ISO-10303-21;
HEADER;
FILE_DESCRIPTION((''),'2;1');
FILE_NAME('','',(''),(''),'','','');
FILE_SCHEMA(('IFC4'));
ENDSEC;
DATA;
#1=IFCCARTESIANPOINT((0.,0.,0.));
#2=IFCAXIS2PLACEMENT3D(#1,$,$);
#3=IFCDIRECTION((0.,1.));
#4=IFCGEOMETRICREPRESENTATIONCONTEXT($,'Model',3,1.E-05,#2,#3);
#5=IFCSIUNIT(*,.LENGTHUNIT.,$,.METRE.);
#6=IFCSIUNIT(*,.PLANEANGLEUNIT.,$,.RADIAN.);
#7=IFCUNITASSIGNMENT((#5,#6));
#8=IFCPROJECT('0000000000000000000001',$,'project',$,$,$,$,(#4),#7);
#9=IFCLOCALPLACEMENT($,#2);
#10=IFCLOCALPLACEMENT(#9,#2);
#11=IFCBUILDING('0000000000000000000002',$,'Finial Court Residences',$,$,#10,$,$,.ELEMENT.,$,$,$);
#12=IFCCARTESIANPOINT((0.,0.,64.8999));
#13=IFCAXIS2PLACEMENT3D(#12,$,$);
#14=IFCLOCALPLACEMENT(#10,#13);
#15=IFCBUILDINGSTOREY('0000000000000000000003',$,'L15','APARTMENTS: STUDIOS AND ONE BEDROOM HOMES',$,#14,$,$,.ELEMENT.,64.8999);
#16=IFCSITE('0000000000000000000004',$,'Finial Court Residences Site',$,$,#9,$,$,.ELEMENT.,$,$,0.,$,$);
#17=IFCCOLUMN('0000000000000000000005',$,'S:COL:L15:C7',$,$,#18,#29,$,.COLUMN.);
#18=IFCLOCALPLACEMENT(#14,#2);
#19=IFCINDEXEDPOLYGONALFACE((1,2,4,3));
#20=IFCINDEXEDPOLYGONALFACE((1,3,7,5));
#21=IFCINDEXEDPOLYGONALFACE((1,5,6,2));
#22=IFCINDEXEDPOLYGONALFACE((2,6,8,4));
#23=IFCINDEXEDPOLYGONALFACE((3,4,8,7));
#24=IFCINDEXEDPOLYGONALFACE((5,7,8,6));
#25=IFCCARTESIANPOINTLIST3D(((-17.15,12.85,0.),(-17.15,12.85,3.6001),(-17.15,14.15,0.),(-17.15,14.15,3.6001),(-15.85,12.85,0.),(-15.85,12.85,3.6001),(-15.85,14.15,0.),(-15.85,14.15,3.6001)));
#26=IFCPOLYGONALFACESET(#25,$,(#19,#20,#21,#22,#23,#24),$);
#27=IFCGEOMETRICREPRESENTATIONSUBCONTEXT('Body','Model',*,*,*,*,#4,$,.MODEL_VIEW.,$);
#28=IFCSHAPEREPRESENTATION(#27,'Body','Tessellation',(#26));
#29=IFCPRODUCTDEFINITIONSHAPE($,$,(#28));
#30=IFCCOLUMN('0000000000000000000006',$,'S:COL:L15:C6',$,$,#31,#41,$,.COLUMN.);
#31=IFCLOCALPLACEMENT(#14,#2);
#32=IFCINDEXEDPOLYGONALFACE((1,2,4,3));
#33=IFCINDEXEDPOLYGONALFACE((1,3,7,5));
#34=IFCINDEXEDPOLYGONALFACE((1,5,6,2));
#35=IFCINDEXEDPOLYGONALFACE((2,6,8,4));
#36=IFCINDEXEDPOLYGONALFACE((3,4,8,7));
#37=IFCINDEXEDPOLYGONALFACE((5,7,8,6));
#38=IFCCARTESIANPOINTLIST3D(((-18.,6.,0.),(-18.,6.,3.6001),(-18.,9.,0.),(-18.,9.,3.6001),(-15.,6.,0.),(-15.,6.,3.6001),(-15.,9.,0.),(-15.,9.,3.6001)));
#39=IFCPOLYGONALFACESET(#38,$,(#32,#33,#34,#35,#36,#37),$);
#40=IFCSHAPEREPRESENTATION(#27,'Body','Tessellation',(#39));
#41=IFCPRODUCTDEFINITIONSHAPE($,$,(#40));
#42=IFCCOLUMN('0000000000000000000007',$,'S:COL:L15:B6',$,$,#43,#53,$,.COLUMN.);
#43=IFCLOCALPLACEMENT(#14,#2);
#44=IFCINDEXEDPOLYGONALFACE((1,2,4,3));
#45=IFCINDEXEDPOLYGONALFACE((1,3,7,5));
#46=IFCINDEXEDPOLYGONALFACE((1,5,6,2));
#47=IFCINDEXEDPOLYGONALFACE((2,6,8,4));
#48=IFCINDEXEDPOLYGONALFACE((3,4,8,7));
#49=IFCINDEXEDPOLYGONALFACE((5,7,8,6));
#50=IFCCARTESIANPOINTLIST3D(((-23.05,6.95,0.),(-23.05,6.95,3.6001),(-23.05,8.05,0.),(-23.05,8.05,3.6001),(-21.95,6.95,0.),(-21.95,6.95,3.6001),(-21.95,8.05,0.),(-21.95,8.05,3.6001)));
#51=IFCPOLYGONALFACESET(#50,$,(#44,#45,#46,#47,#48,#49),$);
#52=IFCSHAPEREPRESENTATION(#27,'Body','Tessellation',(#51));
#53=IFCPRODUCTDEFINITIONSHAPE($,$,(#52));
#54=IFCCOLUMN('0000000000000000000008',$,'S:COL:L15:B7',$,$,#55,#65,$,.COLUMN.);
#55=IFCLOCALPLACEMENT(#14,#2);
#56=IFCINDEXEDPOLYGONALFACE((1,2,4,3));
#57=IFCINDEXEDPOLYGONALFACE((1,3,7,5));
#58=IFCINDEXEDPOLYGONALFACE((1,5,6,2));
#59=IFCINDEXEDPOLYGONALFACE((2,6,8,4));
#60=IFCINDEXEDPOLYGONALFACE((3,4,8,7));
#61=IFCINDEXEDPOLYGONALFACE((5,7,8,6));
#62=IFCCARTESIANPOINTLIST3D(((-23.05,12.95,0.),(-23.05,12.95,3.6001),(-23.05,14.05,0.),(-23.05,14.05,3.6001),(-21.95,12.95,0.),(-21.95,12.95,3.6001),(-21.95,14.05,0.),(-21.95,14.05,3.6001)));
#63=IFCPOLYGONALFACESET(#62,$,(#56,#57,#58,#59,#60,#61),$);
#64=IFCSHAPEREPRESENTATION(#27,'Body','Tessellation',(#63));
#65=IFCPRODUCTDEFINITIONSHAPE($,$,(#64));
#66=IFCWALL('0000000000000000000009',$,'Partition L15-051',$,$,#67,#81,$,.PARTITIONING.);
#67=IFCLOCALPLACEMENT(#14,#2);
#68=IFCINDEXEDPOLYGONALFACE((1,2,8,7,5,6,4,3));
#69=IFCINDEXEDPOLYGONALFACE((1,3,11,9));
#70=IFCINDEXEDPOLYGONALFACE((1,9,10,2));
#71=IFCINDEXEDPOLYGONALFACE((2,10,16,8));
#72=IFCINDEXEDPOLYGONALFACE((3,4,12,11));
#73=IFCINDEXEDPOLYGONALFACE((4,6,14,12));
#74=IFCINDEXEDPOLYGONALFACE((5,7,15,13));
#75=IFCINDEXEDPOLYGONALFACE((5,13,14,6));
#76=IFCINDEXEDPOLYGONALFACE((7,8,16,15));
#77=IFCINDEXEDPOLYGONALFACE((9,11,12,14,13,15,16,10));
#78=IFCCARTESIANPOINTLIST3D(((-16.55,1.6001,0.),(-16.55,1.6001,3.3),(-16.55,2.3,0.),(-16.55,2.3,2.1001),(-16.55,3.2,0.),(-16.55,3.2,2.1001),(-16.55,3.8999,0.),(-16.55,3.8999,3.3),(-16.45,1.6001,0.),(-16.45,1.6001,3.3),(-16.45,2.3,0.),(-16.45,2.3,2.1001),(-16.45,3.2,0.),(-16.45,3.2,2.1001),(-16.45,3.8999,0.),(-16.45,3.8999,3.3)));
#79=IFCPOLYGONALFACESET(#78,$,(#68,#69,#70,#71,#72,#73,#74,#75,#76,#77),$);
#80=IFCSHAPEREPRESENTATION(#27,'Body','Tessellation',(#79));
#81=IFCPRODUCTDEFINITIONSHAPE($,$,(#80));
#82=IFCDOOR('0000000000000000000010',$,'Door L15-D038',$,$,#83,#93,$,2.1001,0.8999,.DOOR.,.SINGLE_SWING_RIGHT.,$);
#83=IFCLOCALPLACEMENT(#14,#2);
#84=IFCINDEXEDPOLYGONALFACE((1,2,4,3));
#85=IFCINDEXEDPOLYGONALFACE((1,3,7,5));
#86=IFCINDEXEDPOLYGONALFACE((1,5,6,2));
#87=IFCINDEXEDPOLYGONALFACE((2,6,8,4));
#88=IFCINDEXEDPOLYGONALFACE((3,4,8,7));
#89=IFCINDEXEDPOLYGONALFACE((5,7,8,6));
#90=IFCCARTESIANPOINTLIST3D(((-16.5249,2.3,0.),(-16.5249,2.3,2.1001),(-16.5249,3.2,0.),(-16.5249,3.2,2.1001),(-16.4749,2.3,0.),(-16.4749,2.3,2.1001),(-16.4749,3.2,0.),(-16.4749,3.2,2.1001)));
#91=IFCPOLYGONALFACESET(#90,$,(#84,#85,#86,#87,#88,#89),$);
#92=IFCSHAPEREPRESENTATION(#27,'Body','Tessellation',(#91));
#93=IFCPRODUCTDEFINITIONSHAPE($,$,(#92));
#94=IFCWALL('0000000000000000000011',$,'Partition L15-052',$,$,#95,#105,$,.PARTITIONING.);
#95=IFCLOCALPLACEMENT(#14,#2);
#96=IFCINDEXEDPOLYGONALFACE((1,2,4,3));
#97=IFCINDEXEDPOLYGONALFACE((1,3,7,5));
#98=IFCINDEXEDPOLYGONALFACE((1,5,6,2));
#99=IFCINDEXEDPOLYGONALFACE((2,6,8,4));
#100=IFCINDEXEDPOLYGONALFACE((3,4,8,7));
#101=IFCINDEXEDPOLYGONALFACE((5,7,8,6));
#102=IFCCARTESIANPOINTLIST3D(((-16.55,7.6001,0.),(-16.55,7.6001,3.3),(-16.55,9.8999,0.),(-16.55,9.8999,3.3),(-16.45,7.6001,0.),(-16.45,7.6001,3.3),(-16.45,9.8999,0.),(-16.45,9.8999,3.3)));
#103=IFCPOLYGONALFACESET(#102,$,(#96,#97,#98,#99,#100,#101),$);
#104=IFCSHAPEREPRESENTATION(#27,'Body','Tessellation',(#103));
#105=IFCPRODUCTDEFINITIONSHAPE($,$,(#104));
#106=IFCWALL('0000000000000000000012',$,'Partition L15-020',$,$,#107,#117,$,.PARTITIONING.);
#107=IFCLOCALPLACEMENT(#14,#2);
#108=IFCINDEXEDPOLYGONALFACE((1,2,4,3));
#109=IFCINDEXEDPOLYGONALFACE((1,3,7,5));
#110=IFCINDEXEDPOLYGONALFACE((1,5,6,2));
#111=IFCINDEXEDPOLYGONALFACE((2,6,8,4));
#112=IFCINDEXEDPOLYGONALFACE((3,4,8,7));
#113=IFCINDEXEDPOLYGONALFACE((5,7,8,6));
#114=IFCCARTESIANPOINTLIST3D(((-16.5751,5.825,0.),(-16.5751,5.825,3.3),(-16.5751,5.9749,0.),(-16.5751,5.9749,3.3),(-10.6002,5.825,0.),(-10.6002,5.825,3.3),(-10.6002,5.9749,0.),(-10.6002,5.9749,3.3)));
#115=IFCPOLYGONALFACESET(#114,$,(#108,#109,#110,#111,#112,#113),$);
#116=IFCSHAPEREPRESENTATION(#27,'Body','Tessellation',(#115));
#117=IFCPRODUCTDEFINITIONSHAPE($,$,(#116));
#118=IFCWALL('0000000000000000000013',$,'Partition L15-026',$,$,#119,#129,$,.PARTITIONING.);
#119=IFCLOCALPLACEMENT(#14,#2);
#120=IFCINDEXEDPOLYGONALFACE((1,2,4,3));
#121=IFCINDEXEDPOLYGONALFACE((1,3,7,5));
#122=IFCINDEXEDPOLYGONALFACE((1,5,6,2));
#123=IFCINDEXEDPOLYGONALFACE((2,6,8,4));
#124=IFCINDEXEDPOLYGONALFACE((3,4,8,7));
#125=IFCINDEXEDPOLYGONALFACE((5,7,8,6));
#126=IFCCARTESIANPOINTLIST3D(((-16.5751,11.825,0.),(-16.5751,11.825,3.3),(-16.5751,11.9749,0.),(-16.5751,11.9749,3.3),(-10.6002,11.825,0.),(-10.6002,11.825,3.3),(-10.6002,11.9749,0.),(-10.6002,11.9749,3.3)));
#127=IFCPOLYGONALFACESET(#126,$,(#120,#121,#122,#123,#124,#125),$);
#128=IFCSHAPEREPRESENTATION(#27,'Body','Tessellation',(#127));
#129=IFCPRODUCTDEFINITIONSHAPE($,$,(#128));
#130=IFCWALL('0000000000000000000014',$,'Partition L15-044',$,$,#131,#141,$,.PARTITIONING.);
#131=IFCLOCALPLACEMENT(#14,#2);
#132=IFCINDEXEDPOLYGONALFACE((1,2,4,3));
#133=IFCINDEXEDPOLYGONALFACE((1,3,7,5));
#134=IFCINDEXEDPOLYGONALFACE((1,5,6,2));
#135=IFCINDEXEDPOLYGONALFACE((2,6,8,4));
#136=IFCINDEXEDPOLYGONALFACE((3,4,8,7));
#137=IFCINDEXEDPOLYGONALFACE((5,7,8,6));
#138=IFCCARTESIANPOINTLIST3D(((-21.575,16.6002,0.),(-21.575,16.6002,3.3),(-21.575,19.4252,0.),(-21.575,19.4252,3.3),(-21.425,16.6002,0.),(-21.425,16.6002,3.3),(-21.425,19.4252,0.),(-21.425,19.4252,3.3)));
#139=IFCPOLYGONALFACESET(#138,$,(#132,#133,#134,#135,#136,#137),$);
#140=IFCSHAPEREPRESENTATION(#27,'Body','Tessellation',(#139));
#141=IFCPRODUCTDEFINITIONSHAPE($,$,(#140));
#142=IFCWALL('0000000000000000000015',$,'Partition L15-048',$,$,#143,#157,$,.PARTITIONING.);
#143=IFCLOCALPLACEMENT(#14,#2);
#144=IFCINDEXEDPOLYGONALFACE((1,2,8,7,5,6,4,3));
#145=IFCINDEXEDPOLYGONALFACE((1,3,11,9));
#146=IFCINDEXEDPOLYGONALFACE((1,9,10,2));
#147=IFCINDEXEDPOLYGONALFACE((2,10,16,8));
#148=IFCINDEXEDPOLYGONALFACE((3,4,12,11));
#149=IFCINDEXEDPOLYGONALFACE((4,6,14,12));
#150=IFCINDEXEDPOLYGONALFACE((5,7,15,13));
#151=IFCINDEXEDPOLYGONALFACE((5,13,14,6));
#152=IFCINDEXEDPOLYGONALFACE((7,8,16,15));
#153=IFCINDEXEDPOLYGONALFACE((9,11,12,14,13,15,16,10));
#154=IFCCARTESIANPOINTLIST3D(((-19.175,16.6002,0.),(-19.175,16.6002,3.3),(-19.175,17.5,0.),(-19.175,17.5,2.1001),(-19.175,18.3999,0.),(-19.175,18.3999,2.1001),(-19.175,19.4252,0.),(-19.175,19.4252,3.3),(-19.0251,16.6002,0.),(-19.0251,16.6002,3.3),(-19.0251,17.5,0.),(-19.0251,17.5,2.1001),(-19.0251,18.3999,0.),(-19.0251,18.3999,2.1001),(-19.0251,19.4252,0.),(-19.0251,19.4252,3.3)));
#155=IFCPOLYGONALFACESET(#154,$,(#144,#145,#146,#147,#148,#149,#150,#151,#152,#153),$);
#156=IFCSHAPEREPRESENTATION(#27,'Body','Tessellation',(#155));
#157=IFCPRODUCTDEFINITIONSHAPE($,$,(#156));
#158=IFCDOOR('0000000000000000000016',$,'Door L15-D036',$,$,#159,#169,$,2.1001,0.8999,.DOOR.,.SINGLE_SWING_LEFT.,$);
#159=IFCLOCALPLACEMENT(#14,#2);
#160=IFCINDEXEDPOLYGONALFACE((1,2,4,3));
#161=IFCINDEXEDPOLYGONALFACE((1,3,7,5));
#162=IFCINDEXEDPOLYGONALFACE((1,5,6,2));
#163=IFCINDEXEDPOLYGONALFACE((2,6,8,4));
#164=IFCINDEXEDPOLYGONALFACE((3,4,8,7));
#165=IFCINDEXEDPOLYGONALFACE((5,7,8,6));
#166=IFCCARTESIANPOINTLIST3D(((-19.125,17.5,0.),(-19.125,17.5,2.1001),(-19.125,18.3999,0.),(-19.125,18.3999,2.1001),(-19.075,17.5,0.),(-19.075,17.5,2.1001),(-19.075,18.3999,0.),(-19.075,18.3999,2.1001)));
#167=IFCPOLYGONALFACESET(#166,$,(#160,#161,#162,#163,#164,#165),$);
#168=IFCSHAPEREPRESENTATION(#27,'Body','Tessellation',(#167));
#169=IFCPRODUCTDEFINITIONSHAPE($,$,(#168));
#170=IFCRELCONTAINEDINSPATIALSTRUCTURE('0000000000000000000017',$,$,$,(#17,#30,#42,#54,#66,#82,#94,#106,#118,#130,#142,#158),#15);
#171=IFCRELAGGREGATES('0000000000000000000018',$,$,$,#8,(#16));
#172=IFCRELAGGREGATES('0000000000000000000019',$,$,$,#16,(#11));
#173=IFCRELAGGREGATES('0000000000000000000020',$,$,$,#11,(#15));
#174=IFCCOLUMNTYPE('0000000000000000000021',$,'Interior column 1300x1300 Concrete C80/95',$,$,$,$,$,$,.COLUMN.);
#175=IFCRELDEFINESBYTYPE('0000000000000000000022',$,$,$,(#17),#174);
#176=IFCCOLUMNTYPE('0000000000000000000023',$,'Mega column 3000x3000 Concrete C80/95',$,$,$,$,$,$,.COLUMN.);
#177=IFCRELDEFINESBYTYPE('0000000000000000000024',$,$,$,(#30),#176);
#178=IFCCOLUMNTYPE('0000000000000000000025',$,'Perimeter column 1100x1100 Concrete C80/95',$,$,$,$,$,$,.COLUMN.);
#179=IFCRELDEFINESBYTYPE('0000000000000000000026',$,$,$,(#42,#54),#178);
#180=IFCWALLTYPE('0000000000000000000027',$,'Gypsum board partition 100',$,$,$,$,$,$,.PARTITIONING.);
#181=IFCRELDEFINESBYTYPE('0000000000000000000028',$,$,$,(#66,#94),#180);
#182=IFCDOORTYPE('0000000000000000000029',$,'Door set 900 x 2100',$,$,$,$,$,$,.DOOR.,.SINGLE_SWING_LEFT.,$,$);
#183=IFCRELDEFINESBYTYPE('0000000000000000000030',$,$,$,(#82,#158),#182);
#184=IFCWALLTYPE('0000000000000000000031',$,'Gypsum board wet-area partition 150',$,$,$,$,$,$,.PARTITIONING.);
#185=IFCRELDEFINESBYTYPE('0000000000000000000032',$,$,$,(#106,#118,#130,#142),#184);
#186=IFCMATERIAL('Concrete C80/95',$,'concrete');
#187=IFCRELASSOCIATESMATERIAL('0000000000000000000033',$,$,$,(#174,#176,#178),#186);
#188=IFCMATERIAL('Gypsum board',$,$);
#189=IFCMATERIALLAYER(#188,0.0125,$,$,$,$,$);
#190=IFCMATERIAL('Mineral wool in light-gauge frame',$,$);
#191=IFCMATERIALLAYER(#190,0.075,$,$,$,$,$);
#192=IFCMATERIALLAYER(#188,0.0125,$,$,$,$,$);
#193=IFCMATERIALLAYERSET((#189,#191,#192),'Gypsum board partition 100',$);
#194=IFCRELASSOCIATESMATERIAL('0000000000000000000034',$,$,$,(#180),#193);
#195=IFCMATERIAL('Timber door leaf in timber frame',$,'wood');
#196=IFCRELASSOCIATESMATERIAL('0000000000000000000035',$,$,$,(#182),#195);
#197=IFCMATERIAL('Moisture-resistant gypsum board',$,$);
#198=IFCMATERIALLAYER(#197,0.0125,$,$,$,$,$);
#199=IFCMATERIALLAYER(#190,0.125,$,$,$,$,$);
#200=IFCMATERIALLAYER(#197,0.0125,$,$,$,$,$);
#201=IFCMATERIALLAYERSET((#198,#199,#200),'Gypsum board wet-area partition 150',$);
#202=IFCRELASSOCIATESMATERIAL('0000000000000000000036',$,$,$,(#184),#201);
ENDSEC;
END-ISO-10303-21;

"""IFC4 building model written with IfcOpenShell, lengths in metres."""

from ifc_helpers import new_model, si_unit, direction, frame, frame_2d, origin, origin_2d, place, context, subcontext, project, spatial, rectangle, extrude, material, layer, layer_set, material_profile, profile_set, type_object, element, fill, save


model = new_model("IFC4")

# Units and contexts
model_context = context("Model", 3, precision=1e-05, world=origin(), true_north=direction((0.0, 1.0)))
body_context = subcontext(model_context, "Body", "Model", "MODEL_VIEW")
ifc_project = project(units=[si_unit("LENGTHUNIT", "METRE"), si_unit("PLANEANGLEUNIT", "RADIAN")], contexts=[model_context])

# Site, building, storey
site_placement = place(None, origin())
site = spatial("IfcSite", under=ifc_project, at=site_placement, Name="Finial Court Residences Site", CompositionType="ELEMENT", RefElevation=0.0)
building_placement = place(site_placement, origin())
building = spatial("IfcBuilding", under=site, at=building_placement, Name="Finial Court Residences", CompositionType="ELEMENT")
storey_placement = place(building_placement, frame((0.0, 0.0, 64.8999)))
storey = spatial("IfcBuildingStorey", under=building, at=storey_placement, Name="L15", Description="APARTMENTS: STUDIOS AND ONE BEDROOM HOMES", CompositionType="ELEMENT", Elevation=64.8999)

# Columns
ifc_material_1 = material(Name="Concrete C80/95", Category="concrete")
ifc_material_profile_1 = material_profile(ifc_material_1, rectangle(XDim=1.3, YDim=1.3, at=origin_2d()), Name="1300x1300")
ifc_profile_set_1 = profile_set([ifc_material_profile_1], Name="Concrete C80/95")
column_type_1 = type_object("IfcColumnType", Name="Interior column 1300x1300 Concrete C80/95", PredefinedType="COLUMN", material=ifc_profile_set_1)
column_1_placement = place(storey_placement, frame((-16.5, 13.5, 0.0), z_axis=(0.0, 0.0, 1.0), x_axis=(1.0, 0.0, 0.0)))
element("IfcColumn", 1, at=column_1_placement, inside=storey, type_object=column_type_1, Name="S:COL:L15:C7", PredefinedType="COLUMN", context=body_context, shape_type="SweptSolid", body=[
    extrude(rectangle(XDim=1.3, YDim=1.3, at=origin_2d()), origin(), (0.0, 0.0, 1.0), 3.6001),
])
ifc_material_profile_2 = material_profile(ifc_material_1, rectangle(XDim=3.0, YDim=3.0, at=origin_2d()), Name="3000x3000")
ifc_profile_set_2 = profile_set([ifc_material_profile_2], Name="Concrete C80/95")
column_type_2 = type_object("IfcColumnType", Name="Mega column 3000x3000 Concrete C80/95", PredefinedType="COLUMN", material=ifc_profile_set_2)
column_2_placement = place(storey_placement, frame((-16.5, 7.5, 0.0), z_axis=(0.0, 0.0, 1.0), x_axis=(1.0, 0.0, 0.0)))
element("IfcColumn", 2, at=column_2_placement, inside=storey, type_object=column_type_2, Name="S:COL:L15:C6", PredefinedType="COLUMN", context=body_context, shape_type="SweptSolid", body=[
    extrude(rectangle(XDim=3.0, YDim=3.0, at=origin_2d()), origin(), (0.0, 0.0, 1.0), 3.6001),
])
ifc_material_profile_3 = material_profile(ifc_material_1, rectangle(XDim=1.1001, YDim=1.1001, at=origin_2d()), Name="1100x1100")
ifc_profile_set_3 = profile_set([ifc_material_profile_3], Name="Concrete C80/95")
column_type_3 = type_object("IfcColumnType", Name="Perimeter column 1100x1100 Concrete C80/95", PredefinedType="COLUMN", material=ifc_profile_set_3)
for number, where, z_axis, x_axis, name in (
    (3, (-22.5, 7.5, 0.0), (0.0, 0.0, 1.0), (1.0, 0.0, 0.0), "S:COL:L15:B6"),
    (4, (-22.5, 13.5, 0.0), (0.0, 0.0, 1.0), (1.0, 0.0, 0.0), "S:COL:L15:B7"),
):
    element("IfcColumn", number, at=place(storey_placement, frame(where, z_axis=z_axis, x_axis=x_axis)), inside=storey, type_object=column_type_3, Name=name, PredefinedType="COLUMN", context=body_context, shape_type="SweptSolid", body=[
        extrude(rectangle(XDim=1.1001, YDim=1.1001, at=origin_2d()), origin(), (0.0, 0.0, 1.0), 3.6001),
    ])

# Wall, opening, door
ifc_material_2 = material(Name="Gypsum board")
ifc_layer_1 = layer(ifc_material_2, 0.0125)
ifc_material_3 = material(Name="Mineral wool in light-gauge frame")
ifc_layer_2 = layer(ifc_material_3, 0.075)
ifc_layer_3 = layer(ifc_material_2, 0.0125)
ifc_layer_set_1 = layer_set([ifc_layer_1, ifc_layer_2, ifc_layer_3], Name="Gypsum board partition 100")
wall_type_1 = type_object("IfcWallType", Name="Gypsum board partition 100", PredefinedType="PARTITIONING", material=ifc_layer_set_1)
wall_1_placement = place(storey_placement, frame((-16.5, 1.6001, 0.0), z_axis=(0.0, 0.0, 1.0), x_axis=(0.0, 1.0, 0.0)))
wall_1 = element("IfcWall", 5, at=wall_1_placement, inside=storey, type_object=wall_type_1, Name="Partition L15-051", PredefinedType="PARTITIONING", context=body_context, shape_type="SweptSolid", body=[
    extrude(rectangle(XDim=2.2998, YDim=0.1001, at=frame_2d((1.1499, 0.0))), origin(), (0.0, 0.0, 1.0), 3.3),
])
opening_1_placement = place(wall_1_placement, frame((0.7, 0.0, 0.0)))
opening_1 = element("IfcOpeningElement", 6, at=opening_1_placement, cuts=wall_1, PredefinedType="OPENING", context=body_context, shape_type="SweptSolid", body=[
    extrude(rectangle(XDim=0.8999, YDim=2.1001, at=frame_2d((0.45, 1.05))), frame((0.0, 0.0601, 0.0), z_axis=(0.0, -1.0, 0.0), x_axis=(1.0, 0.0, 0.0)), (0.0, 0.0, 1.0), 0.1201),
])
ifc_material_4 = material(Name="Timber door leaf in timber frame", Category="wood")
door_type = type_object("IfcDoorType", Name="Door set 900 x 2100", OperationType="SINGLE_SWING_LEFT", PredefinedType="DOOR", material=ifc_material_4)
door_1_placement = place(opening_1_placement, origin())
door_1 = element("IfcDoor", 7, at=door_1_placement, inside=storey, type_object=door_type, Name="Door L15-D038", OperationType="SINGLE_SWING_RIGHT", OverallHeight=2.1001, OverallWidth=0.8999, PredefinedType="DOOR", context=body_context, shape_type="SweptSolid", body=[
    extrude(rectangle(XDim=0.8999, YDim=2.1001, at=frame_2d((0.45, 1.05))), frame((0.0, 0.0249, 0.0), z_axis=(0.0, -1.0, 0.0), x_axis=(1.0, 0.0, 0.0)), (0.0, 0.0, 1.0), 0.05),
])
fill(opening_1, door_1)

# Walls
wall_2_placement = place(storey_placement, frame((-16.5, 7.6001, 0.0), z_axis=(0.0, 0.0, 1.0), x_axis=(0.0, 1.0, 0.0)))
element("IfcWall", 8, at=wall_2_placement, inside=storey, type_object=wall_type_1, Name="Partition L15-052", PredefinedType="PARTITIONING", context=body_context, shape_type="SweptSolid", body=[
    extrude(rectangle(XDim=2.2998, YDim=0.1001, at=frame_2d((1.1499, 0.0))), origin(), (0.0, 0.0, 1.0), 3.3),
])
ifc_material_5 = material(Name="Moisture-resistant gypsum board")
ifc_layer_4 = layer(ifc_material_5, 0.0125)
ifc_layer_5 = layer(ifc_material_3, 0.125)
ifc_layer_6 = layer(ifc_material_5, 0.0125)
ifc_layer_set_2 = layer_set([ifc_layer_4, ifc_layer_5, ifc_layer_6], Name="Gypsum board wet-area partition 150")
wall_type_2 = type_object("IfcWallType", Name="Gypsum board wet-area partition 150", PredefinedType="PARTITIONING", material=ifc_layer_set_2)
for number, where, z_axis, x_axis, name in (
    (9, (-16.575, 5.8999, 0.0), (0.0, 0.0, 1.0), (1.0, 0.0, 0.0), "Partition L15-020"),
    (10, (-16.575, 11.8999, 0.0), (0.0, 0.0, 1.0), (1.0, 0.0, 0.0), "Partition L15-026"),
):
    element("IfcWall", number, at=place(storey_placement, frame(where, z_axis=z_axis, x_axis=x_axis)), inside=storey, type_object=wall_type_2, Name=name, PredefinedType="PARTITIONING", context=body_context, shape_type="SweptSolid", body=[
        extrude(rectangle(XDim=5.9749, YDim=0.1499, at=frame_2d((2.9873, 0.0))), origin(), (0.0, 0.0, 1.0), 3.3),
    ])
wall_3_placement = place(storey_placement, frame((-21.5, 16.6001, 0.0), z_axis=(0.0, 0.0, 1.0), x_axis=(0.0, 1.0, 0.0)))
element("IfcWall", 11, at=wall_3_placement, inside=storey, type_object=wall_type_2, Name="Partition L15-044", PredefinedType="PARTITIONING", context=body_context, shape_type="SweptSolid", body=[
    extrude(rectangle(XDim=2.825, YDim=0.1499, at=frame_2d((1.4126, 0.0))), origin(), (0.0, 0.0, 1.0), 3.3),
])

# Wall, opening, door
wall_4_placement = place(storey_placement, frame((-19.1001, 16.6001, 0.0), z_axis=(0.0, 0.0, 1.0), x_axis=(0.0, 1.0, 0.0)))
wall_4 = element("IfcWall", 12, at=wall_4_placement, inside=storey, type_object=wall_type_2, Name="Partition L15-048", PredefinedType="PARTITIONING", context=body_context, shape_type="SweptSolid", body=[
    extrude(rectangle(XDim=2.825, YDim=0.1499, at=frame_2d((1.4126, 0.0))), origin(), (0.0, 0.0, 1.0), 3.3),
])
opening_2_placement = place(wall_4_placement, frame((0.8999, 0.0, 0.0)))
opening_2 = element("IfcOpeningElement", 13, at=opening_2_placement, cuts=wall_4, PredefinedType="OPENING", context=body_context, shape_type="SweptSolid", body=[
    extrude(rectangle(XDim=0.8999, YDim=2.1001, at=frame_2d((0.45, 1.05))), frame((0.0, 0.085, 0.0), z_axis=(0.0, -1.0, 0.0), x_axis=(1.0, 0.0, 0.0)), (0.0, 0.0, 1.0), 0.1699),
])
door_2_placement = place(opening_2_placement, origin())
door_2 = element("IfcDoor", 14, at=door_2_placement, inside=storey, type_object=door_type, Name="Door L15-D036", OperationType="SINGLE_SWING_LEFT", OverallHeight=2.1001, OverallWidth=0.8999, PredefinedType="DOOR", context=body_context, shape_type="SweptSolid", body=[
    extrude(rectangle(XDim=0.8999, YDim=2.1001, at=frame_2d((0.45, 1.05))), frame((0.0, 0.0249, 0.0), z_axis=(0.0, -1.0, 0.0), x_axis=(1.0, 0.0, 0.0)), (0.0, 0.0, 1.0), 0.05),
])
fill(opening_2, door_2)

save(model, "model.ifc")
